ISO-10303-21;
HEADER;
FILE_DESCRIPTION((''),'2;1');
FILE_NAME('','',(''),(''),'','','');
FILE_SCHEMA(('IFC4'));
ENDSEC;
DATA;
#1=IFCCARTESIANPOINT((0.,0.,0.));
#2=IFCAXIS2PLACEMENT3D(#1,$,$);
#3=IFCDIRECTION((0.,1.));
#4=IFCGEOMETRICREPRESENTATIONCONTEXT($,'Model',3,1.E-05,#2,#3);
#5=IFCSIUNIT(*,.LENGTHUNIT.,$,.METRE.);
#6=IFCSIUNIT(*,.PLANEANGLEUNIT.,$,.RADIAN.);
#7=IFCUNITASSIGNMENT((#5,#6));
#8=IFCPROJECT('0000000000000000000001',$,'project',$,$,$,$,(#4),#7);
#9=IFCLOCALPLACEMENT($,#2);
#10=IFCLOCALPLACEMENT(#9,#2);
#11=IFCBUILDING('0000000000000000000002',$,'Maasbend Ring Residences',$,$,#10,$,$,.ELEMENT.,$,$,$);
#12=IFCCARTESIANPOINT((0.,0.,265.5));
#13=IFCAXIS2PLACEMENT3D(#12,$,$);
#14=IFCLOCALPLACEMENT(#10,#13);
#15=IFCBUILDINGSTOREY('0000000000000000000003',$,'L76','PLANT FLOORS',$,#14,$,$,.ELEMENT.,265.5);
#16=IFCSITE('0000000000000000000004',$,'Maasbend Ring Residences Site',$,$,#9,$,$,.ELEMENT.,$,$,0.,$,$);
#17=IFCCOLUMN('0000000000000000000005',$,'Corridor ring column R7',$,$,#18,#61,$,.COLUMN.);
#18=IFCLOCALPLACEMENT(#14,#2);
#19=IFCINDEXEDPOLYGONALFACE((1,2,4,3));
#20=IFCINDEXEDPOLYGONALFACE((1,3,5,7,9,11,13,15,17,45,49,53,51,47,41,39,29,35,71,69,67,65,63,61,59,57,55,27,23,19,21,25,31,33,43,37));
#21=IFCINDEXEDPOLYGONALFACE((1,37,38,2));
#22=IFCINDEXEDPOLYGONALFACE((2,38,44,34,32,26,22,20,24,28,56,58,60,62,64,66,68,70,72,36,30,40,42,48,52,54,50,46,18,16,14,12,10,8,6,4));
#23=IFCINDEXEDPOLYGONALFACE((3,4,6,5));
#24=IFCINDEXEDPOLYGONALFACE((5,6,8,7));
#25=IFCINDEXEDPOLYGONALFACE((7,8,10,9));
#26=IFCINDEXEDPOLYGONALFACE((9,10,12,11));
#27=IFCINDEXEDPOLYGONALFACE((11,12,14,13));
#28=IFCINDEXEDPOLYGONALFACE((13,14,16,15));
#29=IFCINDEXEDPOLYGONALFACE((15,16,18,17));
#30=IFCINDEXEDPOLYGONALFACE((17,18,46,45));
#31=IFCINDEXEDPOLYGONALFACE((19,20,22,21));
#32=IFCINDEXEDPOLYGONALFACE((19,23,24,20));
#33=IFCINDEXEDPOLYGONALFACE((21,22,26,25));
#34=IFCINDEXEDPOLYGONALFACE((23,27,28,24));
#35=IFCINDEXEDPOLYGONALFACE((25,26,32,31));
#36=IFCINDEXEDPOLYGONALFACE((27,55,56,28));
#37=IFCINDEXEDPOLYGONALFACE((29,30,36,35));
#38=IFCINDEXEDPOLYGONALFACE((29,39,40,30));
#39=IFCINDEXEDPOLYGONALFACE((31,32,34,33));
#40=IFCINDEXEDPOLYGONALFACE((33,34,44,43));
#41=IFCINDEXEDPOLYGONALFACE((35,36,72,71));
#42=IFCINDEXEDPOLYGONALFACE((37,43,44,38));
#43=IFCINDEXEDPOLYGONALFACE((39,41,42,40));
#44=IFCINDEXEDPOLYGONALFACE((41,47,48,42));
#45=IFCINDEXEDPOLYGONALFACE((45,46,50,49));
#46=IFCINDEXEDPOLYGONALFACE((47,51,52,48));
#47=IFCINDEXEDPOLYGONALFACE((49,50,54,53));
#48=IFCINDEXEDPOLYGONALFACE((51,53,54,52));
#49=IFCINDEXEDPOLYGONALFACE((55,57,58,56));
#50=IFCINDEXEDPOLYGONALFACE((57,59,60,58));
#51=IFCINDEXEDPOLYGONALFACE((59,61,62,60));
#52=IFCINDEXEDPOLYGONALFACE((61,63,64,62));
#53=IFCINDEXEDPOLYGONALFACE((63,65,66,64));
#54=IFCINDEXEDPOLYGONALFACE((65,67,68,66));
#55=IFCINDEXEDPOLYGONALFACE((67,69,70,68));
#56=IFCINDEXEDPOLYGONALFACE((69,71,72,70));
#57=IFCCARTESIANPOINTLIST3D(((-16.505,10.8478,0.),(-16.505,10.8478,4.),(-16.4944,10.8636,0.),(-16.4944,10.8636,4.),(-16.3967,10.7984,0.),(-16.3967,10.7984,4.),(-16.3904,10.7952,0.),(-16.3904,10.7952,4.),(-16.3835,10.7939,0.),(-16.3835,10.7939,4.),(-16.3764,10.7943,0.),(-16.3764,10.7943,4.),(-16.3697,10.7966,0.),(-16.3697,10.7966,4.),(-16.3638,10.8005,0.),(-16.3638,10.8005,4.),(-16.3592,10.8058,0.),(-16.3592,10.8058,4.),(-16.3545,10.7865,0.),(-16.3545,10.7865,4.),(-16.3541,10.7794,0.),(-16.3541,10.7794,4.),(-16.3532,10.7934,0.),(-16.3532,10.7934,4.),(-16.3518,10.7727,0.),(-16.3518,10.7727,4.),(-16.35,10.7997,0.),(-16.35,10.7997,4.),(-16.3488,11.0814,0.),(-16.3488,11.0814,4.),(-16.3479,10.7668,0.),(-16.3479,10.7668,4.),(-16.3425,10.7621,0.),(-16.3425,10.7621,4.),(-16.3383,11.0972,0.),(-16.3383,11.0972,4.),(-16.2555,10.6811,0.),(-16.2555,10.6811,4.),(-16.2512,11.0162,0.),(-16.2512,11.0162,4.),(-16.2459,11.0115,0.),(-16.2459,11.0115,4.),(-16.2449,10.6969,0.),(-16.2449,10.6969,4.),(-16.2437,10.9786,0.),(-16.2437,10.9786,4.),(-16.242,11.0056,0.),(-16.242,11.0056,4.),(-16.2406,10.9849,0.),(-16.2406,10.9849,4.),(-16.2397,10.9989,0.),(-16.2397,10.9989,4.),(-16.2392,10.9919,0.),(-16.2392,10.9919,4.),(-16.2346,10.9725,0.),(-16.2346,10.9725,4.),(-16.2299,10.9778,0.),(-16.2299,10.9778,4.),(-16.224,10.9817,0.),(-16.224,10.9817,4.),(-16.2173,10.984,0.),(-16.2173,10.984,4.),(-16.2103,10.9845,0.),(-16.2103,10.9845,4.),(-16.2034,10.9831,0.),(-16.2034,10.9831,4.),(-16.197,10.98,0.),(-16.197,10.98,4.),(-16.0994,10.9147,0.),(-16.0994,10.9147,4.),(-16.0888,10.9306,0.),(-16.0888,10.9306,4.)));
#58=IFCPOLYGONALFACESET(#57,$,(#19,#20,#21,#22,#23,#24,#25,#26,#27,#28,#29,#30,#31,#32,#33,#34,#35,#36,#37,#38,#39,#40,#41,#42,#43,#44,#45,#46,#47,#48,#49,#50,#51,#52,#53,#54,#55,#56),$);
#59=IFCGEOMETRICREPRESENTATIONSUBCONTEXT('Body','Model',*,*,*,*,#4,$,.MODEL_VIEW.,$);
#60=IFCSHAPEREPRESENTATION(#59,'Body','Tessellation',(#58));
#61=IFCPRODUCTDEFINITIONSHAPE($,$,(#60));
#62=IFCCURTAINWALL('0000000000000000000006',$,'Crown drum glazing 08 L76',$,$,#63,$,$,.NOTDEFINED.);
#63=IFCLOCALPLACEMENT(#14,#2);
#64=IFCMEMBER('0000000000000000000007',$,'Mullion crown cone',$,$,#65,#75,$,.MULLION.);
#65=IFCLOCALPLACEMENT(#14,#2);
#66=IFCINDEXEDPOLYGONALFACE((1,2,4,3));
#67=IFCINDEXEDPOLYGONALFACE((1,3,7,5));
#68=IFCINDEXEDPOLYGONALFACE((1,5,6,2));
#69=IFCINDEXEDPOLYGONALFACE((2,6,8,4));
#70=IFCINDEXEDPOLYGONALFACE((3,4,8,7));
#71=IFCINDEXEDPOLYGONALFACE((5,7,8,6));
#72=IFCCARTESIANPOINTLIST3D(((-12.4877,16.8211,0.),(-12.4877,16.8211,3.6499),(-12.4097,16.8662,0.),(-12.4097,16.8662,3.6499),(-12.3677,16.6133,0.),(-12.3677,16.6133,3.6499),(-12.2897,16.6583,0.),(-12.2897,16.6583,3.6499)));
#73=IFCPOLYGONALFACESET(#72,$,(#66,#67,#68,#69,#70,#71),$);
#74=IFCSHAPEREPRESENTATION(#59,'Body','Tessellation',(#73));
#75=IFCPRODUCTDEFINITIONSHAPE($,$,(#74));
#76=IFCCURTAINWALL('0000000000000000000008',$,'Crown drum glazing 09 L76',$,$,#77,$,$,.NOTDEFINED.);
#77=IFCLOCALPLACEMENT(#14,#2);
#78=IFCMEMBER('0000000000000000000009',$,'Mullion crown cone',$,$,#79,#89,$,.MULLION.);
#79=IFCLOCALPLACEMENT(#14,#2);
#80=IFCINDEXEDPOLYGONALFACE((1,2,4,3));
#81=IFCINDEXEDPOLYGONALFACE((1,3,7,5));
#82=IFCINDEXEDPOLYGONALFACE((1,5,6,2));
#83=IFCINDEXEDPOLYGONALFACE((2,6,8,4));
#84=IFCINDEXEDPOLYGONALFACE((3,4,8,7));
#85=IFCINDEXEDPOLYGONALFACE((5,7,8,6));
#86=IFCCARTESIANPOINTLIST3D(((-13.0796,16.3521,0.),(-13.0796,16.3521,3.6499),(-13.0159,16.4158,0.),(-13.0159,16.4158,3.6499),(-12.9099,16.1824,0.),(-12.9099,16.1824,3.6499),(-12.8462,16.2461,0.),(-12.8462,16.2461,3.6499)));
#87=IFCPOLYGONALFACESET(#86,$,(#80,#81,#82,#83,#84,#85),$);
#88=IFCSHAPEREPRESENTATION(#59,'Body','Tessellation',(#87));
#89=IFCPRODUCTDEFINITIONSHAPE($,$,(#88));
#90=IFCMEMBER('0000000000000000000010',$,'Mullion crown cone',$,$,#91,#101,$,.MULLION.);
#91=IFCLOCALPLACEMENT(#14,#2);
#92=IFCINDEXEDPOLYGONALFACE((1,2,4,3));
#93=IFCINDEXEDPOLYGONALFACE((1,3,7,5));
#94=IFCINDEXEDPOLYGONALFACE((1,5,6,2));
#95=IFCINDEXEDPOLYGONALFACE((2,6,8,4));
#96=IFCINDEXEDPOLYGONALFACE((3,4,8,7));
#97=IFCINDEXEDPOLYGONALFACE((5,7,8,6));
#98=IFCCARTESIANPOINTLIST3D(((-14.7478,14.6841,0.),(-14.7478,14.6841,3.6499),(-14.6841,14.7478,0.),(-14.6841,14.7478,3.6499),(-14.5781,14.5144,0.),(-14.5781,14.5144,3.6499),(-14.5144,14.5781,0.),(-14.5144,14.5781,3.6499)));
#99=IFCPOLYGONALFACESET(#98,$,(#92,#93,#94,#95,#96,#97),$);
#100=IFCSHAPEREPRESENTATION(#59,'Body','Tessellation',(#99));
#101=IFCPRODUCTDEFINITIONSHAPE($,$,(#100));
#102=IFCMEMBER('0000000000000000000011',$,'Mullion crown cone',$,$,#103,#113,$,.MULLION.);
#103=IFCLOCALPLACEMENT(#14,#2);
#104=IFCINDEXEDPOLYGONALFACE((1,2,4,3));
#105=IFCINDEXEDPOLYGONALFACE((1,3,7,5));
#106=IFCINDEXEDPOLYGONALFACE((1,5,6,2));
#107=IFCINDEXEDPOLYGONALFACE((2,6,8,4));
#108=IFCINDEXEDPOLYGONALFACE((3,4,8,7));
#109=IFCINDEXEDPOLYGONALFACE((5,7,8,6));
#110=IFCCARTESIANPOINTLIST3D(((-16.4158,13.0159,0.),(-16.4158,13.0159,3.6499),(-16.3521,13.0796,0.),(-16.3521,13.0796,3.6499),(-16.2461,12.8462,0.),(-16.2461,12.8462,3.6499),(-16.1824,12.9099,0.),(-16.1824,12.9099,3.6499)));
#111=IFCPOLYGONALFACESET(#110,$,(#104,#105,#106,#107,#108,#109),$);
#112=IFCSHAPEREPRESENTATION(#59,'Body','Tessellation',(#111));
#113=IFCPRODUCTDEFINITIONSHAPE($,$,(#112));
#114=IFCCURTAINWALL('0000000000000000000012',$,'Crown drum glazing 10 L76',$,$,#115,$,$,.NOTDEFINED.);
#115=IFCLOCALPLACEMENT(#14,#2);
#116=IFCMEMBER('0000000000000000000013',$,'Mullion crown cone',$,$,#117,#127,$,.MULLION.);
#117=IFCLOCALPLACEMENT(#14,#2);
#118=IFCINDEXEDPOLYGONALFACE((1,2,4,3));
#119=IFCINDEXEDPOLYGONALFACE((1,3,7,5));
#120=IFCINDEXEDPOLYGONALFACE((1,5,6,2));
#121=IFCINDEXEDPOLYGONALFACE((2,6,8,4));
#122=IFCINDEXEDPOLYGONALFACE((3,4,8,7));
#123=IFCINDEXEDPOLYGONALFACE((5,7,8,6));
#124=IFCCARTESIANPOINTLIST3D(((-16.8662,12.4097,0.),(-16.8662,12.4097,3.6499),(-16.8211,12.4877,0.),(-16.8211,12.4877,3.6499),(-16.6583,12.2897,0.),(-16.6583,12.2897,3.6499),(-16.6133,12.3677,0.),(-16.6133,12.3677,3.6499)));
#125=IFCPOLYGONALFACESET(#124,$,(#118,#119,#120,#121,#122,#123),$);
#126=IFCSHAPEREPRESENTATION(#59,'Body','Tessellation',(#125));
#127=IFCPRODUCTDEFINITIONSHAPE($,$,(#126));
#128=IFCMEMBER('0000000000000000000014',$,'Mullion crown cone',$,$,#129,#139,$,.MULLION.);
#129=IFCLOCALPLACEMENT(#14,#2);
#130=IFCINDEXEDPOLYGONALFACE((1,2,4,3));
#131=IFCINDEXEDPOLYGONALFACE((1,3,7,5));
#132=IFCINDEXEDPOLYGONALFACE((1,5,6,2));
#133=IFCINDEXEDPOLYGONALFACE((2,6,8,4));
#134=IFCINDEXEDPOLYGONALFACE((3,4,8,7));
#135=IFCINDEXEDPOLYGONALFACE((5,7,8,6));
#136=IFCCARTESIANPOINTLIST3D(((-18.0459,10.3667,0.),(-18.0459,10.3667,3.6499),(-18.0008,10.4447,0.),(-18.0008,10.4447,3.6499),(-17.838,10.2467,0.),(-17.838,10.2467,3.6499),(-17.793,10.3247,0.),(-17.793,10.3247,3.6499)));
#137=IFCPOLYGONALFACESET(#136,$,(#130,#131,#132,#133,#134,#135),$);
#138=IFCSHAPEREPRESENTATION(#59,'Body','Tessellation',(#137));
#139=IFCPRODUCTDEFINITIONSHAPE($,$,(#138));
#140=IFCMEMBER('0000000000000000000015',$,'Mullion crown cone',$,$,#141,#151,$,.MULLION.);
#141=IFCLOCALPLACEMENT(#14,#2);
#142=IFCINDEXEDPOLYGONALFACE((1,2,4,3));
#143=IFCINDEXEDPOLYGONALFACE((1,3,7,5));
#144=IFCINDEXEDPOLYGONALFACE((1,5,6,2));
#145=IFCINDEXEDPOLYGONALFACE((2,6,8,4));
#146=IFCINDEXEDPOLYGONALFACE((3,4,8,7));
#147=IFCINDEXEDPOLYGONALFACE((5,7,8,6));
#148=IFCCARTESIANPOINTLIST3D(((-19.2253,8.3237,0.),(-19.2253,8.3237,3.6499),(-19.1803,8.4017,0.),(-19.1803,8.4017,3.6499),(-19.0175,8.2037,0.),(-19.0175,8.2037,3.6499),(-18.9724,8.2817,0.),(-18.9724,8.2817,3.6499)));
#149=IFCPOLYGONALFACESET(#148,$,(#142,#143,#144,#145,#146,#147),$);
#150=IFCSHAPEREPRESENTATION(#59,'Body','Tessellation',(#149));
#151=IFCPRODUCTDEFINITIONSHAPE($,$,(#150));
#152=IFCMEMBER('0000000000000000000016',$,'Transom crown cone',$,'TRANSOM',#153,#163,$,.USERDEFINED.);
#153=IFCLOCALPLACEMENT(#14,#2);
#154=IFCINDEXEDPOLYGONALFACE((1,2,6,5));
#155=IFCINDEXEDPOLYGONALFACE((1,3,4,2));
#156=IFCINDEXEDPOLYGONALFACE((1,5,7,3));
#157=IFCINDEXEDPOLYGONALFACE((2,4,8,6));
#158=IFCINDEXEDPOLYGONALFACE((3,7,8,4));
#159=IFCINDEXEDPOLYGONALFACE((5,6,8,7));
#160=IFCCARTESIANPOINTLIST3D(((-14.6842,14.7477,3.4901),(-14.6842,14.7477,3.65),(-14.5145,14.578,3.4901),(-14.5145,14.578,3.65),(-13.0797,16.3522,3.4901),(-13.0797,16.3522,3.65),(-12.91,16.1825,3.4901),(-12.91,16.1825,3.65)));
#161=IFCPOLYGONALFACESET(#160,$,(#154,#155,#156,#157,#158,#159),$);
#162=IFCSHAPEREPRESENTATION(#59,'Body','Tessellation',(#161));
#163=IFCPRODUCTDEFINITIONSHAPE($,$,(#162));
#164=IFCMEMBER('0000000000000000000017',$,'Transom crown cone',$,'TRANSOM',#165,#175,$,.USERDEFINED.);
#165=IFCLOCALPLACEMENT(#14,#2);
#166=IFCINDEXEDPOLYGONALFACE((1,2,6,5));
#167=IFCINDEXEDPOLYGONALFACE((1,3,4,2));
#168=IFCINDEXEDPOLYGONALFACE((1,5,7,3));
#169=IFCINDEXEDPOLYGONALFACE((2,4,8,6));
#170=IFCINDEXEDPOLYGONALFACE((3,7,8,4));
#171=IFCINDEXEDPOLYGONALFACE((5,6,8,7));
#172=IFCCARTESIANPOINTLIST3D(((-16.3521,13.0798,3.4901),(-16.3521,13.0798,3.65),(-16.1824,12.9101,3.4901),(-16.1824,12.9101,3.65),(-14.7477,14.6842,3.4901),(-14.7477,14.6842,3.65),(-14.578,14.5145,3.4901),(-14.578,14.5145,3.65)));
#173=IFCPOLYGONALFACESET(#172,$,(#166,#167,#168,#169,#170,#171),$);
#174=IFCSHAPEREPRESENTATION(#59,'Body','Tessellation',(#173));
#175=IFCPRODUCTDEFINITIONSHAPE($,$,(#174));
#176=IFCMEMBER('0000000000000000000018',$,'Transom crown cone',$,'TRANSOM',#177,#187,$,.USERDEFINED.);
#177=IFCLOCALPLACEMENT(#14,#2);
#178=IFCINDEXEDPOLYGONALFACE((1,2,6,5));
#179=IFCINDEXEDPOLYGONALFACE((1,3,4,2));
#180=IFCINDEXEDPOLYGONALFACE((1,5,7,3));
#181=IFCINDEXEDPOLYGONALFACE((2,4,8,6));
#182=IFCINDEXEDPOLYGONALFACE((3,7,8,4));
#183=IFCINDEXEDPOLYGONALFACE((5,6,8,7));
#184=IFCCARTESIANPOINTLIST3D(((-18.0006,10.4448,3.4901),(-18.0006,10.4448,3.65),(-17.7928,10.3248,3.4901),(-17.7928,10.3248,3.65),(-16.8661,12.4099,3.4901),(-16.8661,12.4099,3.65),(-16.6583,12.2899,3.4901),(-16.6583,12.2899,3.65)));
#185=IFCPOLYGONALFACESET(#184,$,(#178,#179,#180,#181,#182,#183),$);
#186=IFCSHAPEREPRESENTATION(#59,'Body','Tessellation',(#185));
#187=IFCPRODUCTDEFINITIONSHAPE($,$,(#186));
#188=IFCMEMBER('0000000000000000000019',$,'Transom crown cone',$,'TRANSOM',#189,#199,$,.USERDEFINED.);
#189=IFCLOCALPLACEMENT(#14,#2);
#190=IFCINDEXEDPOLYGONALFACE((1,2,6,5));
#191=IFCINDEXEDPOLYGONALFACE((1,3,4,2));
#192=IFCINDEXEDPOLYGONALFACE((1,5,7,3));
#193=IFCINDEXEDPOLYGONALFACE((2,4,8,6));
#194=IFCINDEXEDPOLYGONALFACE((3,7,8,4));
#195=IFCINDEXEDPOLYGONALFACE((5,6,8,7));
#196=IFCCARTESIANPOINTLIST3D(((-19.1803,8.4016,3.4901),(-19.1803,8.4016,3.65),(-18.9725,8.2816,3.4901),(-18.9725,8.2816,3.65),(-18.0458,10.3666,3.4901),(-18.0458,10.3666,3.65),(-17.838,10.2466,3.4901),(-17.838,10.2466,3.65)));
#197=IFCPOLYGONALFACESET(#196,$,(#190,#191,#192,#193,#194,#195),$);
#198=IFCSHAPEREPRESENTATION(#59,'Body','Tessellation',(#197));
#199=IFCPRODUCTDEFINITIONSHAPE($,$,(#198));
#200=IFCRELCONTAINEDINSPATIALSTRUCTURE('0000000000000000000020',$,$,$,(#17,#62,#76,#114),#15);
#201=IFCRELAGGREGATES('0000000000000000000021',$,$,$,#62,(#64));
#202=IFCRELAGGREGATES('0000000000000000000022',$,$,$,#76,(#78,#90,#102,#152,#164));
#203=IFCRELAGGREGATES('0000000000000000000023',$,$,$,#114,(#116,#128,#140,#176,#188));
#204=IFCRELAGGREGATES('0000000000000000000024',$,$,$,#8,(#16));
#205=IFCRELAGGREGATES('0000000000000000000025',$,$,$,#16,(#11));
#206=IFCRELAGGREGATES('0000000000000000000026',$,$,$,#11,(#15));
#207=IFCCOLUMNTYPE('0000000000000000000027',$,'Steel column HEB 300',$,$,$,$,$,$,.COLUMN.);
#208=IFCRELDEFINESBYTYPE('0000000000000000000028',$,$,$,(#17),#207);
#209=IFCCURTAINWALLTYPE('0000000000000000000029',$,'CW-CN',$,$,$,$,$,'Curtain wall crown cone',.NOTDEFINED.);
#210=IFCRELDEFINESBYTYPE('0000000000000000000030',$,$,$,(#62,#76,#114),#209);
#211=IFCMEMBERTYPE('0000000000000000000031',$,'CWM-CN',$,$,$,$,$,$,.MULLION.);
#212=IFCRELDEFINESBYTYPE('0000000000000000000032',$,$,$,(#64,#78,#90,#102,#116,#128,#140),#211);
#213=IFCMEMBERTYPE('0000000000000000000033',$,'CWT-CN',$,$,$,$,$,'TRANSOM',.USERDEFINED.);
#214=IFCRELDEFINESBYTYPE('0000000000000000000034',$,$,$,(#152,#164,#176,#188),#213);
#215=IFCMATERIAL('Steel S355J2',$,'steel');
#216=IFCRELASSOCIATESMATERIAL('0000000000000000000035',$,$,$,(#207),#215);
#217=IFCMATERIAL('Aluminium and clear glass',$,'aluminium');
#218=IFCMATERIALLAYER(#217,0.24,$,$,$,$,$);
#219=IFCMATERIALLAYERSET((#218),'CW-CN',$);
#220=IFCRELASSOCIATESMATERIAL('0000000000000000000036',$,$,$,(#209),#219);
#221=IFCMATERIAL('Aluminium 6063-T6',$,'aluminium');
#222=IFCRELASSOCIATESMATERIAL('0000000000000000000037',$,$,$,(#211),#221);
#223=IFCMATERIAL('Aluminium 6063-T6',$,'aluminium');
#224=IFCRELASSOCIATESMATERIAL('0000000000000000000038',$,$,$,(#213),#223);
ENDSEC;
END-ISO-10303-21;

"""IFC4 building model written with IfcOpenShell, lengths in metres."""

from ifc_helpers import new_model, si_unit, direction, frame, origin, origin_2d, place, context, subcontext, project, spatial, rectangle, i_section, extrude, material, layer, layer_set, material_profile, profile_set, type_object, element, aggregate, save


model = new_model("IFC4")

# Units and contexts
model_context = context("Model", 3, precision=1e-05, world=origin(), true_north=direction((0.0, 1.0)))
body_context = subcontext(model_context, "Body", "Model", "MODEL_VIEW")
ifc_project = project(units=[si_unit("LENGTHUNIT", "METRE"), si_unit("PLANEANGLEUNIT", "RADIAN")], contexts=[model_context])

# Site, building, storey
site_placement = place(None, origin())
site = spatial("IfcSite", under=ifc_project, at=site_placement, Name="Maasbend Ring Residences Site", CompositionType="ELEMENT", RefElevation=0.0)
building_placement = place(site_placement, origin())
building = spatial("IfcBuilding", under=site, at=building_placement, Name="Maasbend Ring Residences", CompositionType="ELEMENT")
storey_placement = place(building_placement, frame((0.0, 0.0, 265.5)))
storey = spatial("IfcBuildingStorey", under=building, at=storey_placement, Name="L76", Description="PLANT FLOORS", CompositionType="ELEMENT", Elevation=265.5)

# Column
ifc_material_1 = material(Name="Steel S355J2", Category="steel")
ifc_material_profile_1 = material_profile(ifc_material_1, i_section(OverallWidth=0.3, OverallDepth=0.3, WebThickness=0.011, FlangeThickness=0.019, FilletRadius=0.0271, at=origin_2d()), Name="HEB 300")
ifc_profile_set_1 = profile_set([ifc_material_profile_1], Name="Steel S355J2")
column_type = type_object("IfcColumnType", Name="Steel column HEB 300", PredefinedType="COLUMN", material=ifc_profile_set_1)
column_placement = place(storey_placement, frame((-16.2969, 10.8892, 0.0), z_axis=(0.0, 0.0, 1.0), x_axis=(-0.83147, 0.55557, 0.0)))
element("IfcColumn", 1, at=column_placement, inside=storey, type_object=column_type, Name="Corridor ring column R7", PredefinedType="COLUMN", context=body_context, shape_type="SweptSolid", body=[
    extrude(i_section(OverallWidth=0.3, OverallDepth=0.3, WebThickness=0.011, FlangeThickness=0.019, FilletRadius=0.0271, at=origin_2d()), origin(), (0.0, 0.0, 1.0), 4.0),
])

# Curtain wall, member
ifc_material_2 = material(Name="Aluminium and clear glass", Category="aluminium")
ifc_layer_1 = layer(ifc_material_2, 0.24)
ifc_layer_set_1 = layer_set([ifc_layer_1], Name="CW-CN")
curtain_wall_type = type_object("IfcCurtainWallType", Name="CW-CN", ElementType="Curtain wall crown cone", PredefinedType="NOTDEFINED", material=ifc_layer_set_1)
curtain_wall_1_placement = place(storey_placement, origin())
curtain_wall_1 = element("IfcCurtainWall", 2, at=curtain_wall_1_placement, inside=storey, type_object=curtain_wall_type, Name="Crown drum glazing 08 L76", PredefinedType="NOTDEFINED")
ifc_material_3 = material(Name="Aluminium 6063-T6", Category="aluminium")
ifc_material_profile_2 = material_profile(ifc_material_3, rectangle(XDim=0.24, YDim=0.0901, at=origin_2d()), Name="AL 240x90")
ifc_profile_set_2 = profile_set([ifc_material_profile_2], Name="Aluminium 6063-T6")
member_type_1 = type_object("IfcMemberType", Name="CWM-CN", PredefinedType="MULLION", material=ifc_profile_set_2)
member_1_placement = place(storey_placement, frame((-12.3887, 16.7397, 0.0), z_axis=(0.0, 0.0, 1.0), x_axis=(0.5, -0.866025, 0.0)))
member_1 = element("IfcMember", 3, at=member_1_placement, type_object=member_type_1, Name="Mullion crown cone", PredefinedType="MULLION", context=body_context, shape_type="SweptSolid", body=[
    extrude(rectangle(XDim=0.24, YDim=0.0901, at=origin_2d()), origin(), (0.0, 0.0, 1.0), 3.6499),
])
aggregate(curtain_wall_1, [member_1])

# Curtain walls, members
curtain_wall_2_placement = place(storey_placement, origin())
curtain_wall_2 = element("IfcCurtainWall", 4, at=curtain_wall_2_placement, inside=storey, type_object=curtain_wall_type, Name="Crown drum glazing 09 L76", PredefinedType="NOTDEFINED")
member_2_placement = place(storey_placement, frame((-12.9629, 16.2991, 0.0), z_axis=(0.0, 0.0, 1.0), x_axis=(0.707107, -0.707107, 0.0)))
member_2 = element("IfcMember", 5, at=member_2_placement, type_object=member_type_1, Name="Mullion crown cone", PredefinedType="MULLION", context=body_context, shape_type="SweptSolid", body=[
    extrude(rectangle(XDim=0.24, YDim=0.0901, at=origin_2d()), origin(), (0.0, 0.0, 1.0), 3.6499),
])
member_3_placement = place(storey_placement, frame((-14.6311, 14.6311, 0.0), z_axis=(0.0, 0.0, 1.0), x_axis=(0.707107, -0.707107, 0.0)))
member_3 = element("IfcMember", 6, at=member_3_placement, type_object=member_type_1, Name="Mullion crown cone", PredefinedType="MULLION", context=body_context, shape_type="SweptSolid", body=[
    extrude(rectangle(XDim=0.24, YDim=0.0901, at=origin_2d()), origin(), (0.0, 0.0, 1.0), 3.6499),
])
member_4_placement = place(storey_placement, frame((-16.2991, 12.9629, 0.0), z_axis=(0.0, 0.0, 1.0), x_axis=(0.707107, -0.707107, 0.0)))
member_4 = element("IfcMember", 7, at=member_4_placement, type_object=member_type_1, Name="Mullion crown cone", PredefinedType="MULLION", context=body_context, shape_type="SweptSolid", body=[
    extrude(rectangle(XDim=0.24, YDim=0.0901, at=origin_2d()), origin(), (0.0, 0.0, 1.0), 3.6499),
])
curtain_wall_3_placement = place(storey_placement, origin())
curtain_wall_3 = element("IfcCurtainWall", 8, at=curtain_wall_3_placement, inside=storey, type_object=curtain_wall_type, Name="Crown drum glazing 10 L76", PredefinedType="NOTDEFINED")
member_5_placement = place(storey_placement, frame((-16.7397, 12.3887, 0.0), z_axis=(0.0, 0.0, 1.0), x_axis=(0.866025, -0.5, 0.0)))
member_5 = element("IfcMember", 9, at=member_5_placement, type_object=member_type_1, Name="Mullion crown cone", PredefinedType="MULLION", context=body_context, shape_type="SweptSolid", body=[
    extrude(rectangle(XDim=0.24, YDim=0.0901, at=origin_2d()), origin(), (0.0, 0.0, 1.0), 3.6499),
])
member_6_placement = place(storey_placement, frame((-17.9194, 10.3457, 0.0), z_axis=(0.0, 0.0, 1.0), x_axis=(0.866025, -0.5, 0.0)))
member_6 = element("IfcMember", 10, at=member_6_placement, type_object=member_type_1, Name="Mullion crown cone", PredefinedType="MULLION", context=body_context, shape_type="SweptSolid", body=[
    extrude(rectangle(XDim=0.24, YDim=0.0901, at=origin_2d()), origin(), (0.0, 0.0, 1.0), 3.6499),
])
member_7_placement = place(storey_placement, frame((-19.0989, 8.3027, 0.0), z_axis=(0.0, 0.0, 1.0), x_axis=(0.866025, -0.5, 0.0)))
member_7 = element("IfcMember", 11, at=member_7_placement, type_object=member_type_1, Name="Mullion crown cone", PredefinedType="MULLION", context=body_context, shape_type="SweptSolid", body=[
    extrude(rectangle(XDim=0.24, YDim=0.0901, at=origin_2d()), origin(), (0.0, 0.0, 1.0), 3.6499),
])

# Members
ifc_material_4 = material(Name="Aluminium 6063-T6", Category="aluminium")
ifc_material_profile_3 = material_profile(ifc_material_4, rectangle(XDim=0.24, YDim=0.1599, at=origin_2d()), Name="AL 240x160")
ifc_profile_set_3 = profile_set([ifc_material_profile_3], Name="Aluminium 6063-T6")
member_type_2 = type_object("IfcMemberType", Name="CWT-CN", ElementType="TRANSOM", PredefinedType="USERDEFINED", material=ifc_profile_set_3)
member_8_placement = place(storey_placement, frame((-12.9949, 16.2673, 3.5701), z_axis=(-0.707107, -0.707107, 0.0), x_axis=(0.707107, -0.707107, 0.0)))
member_8 = element("IfcMember", 12, at=member_8_placement, type_object=member_type_2, Name="Transom crown cone", ObjectType="TRANSOM", PredefinedType="USERDEFINED", context=body_context, shape_type="SweptSolid", body=[
    extrude(rectangle(XDim=0.24, YDim=0.1599, at=origin_2d()), origin(), (0.0, 0.0, 1.0), 2.269),
])
member_9_placement = place(storey_placement, frame((-14.6628, 14.5994, 3.5701), z_axis=(-0.707107, -0.707107, 0.0), x_axis=(0.707107, -0.707107, 0.0)))
member_9 = element("IfcMember", 13, at=member_9_placement, type_object=member_type_2, Name="Transom crown cone", ObjectType="TRANSOM", PredefinedType="USERDEFINED", context=body_context, shape_type="SweptSolid", body=[
    extrude(rectangle(XDim=0.24, YDim=0.1599, at=origin_2d()), origin(), (0.0, 0.0, 1.0), 2.269),
])
member_10_placement = place(storey_placement, frame((-16.7622, 12.3499, 3.5701), z_axis=(-0.499993, -0.86603, 0.0), x_axis=(0.86603, -0.499993, 0.0)))
member_10 = element("IfcMember", 14, at=member_10_placement, type_object=member_type_2, Name="Transom crown cone", ObjectType="TRANSOM", PredefinedType="USERDEFINED", context=body_context, shape_type="SweptSolid", body=[
    extrude(rectangle(XDim=0.24, YDim=0.1599, at=origin_2d()), origin(), (0.0, 0.0, 1.0), 2.269),
])
member_11_placement = place(storey_placement, frame((-17.9419, 10.3066, 3.5701), z_axis=(-0.499993, -0.86603, 0.0), x_axis=(0.86603, -0.499993, 0.0)))
member_11 = element("IfcMember", 15, at=member_11_placement, type_object=member_type_2, Name="Transom crown cone", ObjectType="TRANSOM", PredefinedType="USERDEFINED", context=body_context, shape_type="SweptSolid", body=[
    extrude(rectangle(XDim=0.24, YDim=0.1599, at=origin_2d()), origin(), (0.0, 0.0, 1.0), 2.269),
])

aggregate(curtain_wall_2, [member_2, member_3, member_4, member_8, member_9])
aggregate(curtain_wall_3, [member_5, member_6, member_7, member_10, member_11])

save(model, "model.ifc")
